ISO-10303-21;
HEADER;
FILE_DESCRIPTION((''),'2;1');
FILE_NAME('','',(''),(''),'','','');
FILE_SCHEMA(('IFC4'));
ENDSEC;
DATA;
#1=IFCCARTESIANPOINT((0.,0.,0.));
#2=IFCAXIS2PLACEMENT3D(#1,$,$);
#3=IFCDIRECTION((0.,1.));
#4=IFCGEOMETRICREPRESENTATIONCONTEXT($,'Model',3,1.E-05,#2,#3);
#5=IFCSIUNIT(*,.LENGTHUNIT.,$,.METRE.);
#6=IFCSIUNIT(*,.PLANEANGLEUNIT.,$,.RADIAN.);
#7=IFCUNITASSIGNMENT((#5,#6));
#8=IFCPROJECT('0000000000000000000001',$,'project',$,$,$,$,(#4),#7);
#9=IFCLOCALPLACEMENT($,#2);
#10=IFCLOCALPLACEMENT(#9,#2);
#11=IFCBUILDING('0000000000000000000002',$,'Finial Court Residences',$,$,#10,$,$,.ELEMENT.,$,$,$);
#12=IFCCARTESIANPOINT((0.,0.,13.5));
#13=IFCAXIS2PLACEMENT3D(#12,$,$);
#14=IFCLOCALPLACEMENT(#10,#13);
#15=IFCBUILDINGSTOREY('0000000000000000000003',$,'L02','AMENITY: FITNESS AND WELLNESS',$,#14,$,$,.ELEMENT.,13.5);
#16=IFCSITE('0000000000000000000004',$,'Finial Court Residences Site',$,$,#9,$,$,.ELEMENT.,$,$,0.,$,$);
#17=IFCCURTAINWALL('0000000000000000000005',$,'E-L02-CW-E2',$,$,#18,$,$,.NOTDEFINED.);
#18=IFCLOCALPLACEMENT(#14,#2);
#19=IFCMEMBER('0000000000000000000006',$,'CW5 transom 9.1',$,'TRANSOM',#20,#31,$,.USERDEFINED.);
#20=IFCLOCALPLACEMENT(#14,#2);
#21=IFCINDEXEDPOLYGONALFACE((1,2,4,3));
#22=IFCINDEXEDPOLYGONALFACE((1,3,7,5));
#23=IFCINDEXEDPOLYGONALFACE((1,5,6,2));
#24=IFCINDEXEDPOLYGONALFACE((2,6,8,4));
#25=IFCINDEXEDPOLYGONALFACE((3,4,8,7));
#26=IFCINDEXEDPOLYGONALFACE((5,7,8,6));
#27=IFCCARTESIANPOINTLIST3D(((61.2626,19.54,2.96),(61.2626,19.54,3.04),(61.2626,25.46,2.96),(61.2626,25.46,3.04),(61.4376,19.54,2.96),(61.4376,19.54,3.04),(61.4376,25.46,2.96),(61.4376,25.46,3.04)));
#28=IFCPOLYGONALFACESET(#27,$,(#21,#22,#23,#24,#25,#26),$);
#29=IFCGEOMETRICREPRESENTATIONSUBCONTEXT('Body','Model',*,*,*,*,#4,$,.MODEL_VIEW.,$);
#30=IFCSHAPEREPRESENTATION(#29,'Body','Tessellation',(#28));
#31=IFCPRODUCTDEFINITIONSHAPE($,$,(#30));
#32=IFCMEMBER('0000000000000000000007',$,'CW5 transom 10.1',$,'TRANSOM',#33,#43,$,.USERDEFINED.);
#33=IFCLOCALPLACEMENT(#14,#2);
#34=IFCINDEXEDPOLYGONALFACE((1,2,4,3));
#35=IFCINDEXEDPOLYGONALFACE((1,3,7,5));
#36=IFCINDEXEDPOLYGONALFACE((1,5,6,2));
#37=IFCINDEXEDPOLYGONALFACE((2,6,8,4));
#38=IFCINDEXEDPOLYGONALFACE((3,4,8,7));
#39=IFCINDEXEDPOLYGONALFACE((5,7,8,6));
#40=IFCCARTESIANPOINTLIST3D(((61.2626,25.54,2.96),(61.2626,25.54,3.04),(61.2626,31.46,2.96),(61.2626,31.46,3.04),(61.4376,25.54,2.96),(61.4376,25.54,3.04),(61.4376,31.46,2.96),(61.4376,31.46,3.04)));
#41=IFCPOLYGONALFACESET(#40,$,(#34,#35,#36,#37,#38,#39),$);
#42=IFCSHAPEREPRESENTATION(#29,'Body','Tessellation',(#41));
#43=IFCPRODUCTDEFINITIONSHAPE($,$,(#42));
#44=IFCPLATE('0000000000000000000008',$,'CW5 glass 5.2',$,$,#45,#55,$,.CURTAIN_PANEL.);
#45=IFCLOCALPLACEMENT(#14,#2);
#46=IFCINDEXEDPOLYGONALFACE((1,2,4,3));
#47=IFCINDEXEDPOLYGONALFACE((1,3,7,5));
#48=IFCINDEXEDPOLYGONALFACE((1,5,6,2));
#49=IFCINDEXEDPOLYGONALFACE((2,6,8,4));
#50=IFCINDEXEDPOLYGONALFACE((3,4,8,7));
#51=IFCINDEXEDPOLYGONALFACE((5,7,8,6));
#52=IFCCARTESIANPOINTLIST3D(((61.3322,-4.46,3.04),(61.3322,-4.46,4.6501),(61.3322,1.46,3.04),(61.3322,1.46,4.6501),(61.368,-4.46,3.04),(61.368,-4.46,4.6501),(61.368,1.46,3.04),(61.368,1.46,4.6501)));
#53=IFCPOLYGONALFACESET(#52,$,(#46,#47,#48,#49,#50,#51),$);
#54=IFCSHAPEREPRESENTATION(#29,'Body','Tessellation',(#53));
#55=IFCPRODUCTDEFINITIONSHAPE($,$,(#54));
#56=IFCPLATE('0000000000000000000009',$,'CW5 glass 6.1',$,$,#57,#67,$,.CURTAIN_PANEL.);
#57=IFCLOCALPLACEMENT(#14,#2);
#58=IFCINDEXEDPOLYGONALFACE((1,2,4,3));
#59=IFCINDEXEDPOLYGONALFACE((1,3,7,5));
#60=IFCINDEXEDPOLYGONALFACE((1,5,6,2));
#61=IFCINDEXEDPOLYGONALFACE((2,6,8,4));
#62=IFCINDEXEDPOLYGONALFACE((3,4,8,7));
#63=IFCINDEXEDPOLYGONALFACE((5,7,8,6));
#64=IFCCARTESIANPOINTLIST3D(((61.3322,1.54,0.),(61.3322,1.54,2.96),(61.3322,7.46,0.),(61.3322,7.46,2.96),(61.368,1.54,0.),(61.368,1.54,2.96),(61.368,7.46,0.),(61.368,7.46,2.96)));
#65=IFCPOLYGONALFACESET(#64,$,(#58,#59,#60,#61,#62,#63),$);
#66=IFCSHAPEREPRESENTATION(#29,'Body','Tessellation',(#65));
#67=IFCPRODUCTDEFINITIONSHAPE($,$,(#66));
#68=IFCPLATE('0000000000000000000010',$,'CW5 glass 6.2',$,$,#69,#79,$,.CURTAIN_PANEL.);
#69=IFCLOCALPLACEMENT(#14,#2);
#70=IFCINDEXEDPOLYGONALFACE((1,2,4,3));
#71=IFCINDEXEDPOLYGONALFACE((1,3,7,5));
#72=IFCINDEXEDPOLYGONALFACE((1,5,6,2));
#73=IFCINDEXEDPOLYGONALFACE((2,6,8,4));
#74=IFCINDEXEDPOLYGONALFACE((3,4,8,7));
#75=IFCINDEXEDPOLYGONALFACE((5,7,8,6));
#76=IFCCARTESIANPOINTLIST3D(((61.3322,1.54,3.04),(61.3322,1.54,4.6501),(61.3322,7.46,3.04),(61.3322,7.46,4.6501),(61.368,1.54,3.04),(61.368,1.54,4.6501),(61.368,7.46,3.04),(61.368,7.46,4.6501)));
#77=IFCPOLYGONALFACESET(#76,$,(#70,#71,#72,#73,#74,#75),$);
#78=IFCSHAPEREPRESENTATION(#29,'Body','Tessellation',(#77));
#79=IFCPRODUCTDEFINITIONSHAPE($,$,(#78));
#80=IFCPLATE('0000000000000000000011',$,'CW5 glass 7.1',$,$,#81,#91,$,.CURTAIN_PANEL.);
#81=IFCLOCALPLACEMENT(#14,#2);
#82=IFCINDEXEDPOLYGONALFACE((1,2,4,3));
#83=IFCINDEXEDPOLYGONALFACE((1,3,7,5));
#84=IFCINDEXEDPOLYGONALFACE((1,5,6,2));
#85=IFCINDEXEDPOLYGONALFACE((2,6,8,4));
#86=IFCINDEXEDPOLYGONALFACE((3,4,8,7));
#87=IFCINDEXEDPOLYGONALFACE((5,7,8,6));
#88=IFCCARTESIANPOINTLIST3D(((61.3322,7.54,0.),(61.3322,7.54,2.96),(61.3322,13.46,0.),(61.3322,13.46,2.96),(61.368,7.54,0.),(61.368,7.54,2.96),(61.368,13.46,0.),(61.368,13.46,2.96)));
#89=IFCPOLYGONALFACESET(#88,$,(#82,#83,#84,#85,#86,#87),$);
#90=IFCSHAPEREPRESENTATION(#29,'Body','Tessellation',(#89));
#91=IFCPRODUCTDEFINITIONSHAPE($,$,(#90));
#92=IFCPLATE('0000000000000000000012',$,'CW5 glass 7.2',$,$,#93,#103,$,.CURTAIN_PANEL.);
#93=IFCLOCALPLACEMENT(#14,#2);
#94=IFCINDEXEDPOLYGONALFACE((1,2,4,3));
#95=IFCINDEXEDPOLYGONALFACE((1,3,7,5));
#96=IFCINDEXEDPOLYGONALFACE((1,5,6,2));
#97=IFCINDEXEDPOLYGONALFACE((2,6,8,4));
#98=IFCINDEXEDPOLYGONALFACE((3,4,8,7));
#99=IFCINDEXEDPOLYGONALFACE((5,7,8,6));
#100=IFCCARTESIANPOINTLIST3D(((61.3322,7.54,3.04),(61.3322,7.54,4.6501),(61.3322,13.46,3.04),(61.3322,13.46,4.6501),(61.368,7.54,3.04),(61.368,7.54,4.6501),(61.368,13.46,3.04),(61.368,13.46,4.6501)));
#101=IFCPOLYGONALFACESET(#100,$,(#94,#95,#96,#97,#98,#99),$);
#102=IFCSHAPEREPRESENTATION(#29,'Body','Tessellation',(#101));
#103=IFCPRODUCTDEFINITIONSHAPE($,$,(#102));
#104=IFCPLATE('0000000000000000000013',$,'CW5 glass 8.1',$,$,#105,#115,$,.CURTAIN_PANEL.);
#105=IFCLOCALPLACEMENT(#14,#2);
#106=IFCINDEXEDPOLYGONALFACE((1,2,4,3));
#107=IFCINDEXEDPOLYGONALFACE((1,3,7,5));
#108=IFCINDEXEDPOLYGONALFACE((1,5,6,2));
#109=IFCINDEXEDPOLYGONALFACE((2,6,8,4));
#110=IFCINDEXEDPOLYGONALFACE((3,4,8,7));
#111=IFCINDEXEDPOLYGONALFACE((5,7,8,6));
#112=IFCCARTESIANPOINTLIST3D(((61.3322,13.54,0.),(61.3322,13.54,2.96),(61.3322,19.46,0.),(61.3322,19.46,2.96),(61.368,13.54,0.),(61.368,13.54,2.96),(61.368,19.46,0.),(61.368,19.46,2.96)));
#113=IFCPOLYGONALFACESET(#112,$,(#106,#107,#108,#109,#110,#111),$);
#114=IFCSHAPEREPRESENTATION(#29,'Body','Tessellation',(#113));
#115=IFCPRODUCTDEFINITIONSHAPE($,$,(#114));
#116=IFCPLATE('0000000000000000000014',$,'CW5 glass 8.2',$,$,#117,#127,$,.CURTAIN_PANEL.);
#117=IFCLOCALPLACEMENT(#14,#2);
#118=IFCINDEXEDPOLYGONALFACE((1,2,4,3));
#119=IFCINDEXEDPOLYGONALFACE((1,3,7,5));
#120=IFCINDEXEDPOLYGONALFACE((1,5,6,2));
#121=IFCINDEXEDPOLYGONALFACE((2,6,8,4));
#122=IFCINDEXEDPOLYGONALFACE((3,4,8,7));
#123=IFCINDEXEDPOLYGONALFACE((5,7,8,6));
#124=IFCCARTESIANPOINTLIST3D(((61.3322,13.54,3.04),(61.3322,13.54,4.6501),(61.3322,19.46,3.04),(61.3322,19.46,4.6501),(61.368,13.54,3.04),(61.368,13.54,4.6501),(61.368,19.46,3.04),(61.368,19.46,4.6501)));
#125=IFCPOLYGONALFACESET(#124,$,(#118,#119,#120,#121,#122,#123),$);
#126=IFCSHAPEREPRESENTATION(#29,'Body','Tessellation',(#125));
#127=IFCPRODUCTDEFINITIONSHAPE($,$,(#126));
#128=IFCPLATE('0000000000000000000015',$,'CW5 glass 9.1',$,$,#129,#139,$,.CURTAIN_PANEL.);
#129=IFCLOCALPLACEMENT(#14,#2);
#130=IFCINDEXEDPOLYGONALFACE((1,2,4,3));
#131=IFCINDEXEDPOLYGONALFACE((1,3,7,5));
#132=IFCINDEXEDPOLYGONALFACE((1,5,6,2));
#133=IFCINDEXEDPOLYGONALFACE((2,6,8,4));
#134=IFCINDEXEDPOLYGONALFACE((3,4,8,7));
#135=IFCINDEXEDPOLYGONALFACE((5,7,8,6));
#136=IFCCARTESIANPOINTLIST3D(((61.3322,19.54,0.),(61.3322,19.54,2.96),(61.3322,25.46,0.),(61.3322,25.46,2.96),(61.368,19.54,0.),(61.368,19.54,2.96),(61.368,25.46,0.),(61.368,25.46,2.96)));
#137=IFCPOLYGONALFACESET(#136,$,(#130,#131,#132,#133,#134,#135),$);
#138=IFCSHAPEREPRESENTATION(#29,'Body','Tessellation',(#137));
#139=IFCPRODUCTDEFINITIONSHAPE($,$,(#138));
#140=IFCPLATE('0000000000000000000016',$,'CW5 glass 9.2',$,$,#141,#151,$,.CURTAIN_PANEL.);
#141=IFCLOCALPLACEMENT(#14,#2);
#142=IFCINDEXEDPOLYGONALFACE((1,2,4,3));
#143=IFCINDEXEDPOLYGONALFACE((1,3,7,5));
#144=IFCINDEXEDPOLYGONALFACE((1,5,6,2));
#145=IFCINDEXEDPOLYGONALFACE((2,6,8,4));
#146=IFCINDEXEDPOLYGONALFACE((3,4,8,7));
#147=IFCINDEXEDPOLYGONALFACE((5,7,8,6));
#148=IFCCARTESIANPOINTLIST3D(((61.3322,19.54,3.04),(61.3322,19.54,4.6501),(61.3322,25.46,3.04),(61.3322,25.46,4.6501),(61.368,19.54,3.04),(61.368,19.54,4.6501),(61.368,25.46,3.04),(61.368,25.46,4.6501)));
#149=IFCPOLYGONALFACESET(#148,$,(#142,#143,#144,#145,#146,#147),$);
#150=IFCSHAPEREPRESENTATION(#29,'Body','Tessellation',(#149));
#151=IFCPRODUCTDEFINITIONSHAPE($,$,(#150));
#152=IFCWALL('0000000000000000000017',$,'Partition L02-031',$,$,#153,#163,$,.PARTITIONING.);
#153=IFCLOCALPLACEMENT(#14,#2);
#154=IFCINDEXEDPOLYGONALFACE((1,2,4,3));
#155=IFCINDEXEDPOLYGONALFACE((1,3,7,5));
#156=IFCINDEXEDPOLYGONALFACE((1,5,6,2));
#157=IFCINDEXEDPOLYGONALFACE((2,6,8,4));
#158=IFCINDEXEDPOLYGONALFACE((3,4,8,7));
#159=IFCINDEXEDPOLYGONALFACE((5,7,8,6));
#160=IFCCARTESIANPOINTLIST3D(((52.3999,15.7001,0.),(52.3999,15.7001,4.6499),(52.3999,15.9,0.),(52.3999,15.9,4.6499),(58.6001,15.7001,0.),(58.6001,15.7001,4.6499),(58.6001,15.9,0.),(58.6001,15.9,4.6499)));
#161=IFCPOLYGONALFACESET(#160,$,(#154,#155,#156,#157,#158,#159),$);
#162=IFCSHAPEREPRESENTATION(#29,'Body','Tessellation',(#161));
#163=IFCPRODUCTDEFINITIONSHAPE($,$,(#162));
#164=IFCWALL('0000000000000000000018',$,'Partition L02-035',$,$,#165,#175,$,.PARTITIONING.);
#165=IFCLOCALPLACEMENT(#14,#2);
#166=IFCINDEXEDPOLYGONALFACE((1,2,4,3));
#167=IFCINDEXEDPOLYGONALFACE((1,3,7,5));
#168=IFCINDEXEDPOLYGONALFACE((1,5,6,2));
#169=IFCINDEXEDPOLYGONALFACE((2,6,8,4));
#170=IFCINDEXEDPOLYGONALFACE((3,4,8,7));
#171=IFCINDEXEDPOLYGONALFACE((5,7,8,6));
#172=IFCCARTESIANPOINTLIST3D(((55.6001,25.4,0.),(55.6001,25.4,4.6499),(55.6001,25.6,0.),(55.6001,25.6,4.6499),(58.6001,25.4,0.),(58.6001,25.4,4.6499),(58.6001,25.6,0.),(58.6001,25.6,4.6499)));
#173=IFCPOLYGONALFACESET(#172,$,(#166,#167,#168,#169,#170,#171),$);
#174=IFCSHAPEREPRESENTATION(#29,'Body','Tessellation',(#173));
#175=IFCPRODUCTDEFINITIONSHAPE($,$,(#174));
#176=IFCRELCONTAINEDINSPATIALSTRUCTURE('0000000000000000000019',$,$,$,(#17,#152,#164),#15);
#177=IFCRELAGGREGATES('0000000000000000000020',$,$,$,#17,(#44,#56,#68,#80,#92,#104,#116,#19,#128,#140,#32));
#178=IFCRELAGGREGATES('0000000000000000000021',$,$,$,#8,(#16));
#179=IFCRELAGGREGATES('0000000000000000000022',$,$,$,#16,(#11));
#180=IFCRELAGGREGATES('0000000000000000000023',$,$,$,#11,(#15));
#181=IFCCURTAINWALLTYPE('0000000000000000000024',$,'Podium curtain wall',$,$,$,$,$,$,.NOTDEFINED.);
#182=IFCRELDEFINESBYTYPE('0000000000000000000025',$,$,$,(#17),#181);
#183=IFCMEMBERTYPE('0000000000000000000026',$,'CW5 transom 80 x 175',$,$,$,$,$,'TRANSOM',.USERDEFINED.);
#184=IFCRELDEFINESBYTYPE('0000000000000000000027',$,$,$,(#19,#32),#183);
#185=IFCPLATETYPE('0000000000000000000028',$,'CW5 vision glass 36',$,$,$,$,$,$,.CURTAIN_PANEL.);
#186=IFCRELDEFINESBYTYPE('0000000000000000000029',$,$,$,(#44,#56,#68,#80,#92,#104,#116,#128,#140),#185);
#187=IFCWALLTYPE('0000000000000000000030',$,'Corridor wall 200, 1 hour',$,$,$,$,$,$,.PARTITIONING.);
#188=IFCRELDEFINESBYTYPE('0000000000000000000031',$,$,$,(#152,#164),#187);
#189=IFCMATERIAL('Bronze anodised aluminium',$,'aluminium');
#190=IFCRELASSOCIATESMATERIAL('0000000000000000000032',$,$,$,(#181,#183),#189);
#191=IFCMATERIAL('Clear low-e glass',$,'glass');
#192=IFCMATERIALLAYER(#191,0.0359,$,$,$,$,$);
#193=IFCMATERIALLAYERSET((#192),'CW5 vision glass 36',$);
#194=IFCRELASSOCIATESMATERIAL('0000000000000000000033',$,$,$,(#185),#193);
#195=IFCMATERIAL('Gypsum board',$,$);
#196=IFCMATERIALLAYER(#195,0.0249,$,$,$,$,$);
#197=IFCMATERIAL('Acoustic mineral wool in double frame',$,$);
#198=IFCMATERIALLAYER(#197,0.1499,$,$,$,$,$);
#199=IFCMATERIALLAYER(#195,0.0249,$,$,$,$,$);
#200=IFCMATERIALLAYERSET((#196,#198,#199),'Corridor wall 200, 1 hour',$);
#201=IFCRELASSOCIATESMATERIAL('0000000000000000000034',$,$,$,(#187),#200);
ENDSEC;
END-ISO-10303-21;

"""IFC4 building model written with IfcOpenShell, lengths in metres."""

from ifc_helpers import new_model, si_unit, direction, frame, frame_2d, origin, origin_2d, place, context, subcontext, project, spatial, rectangle, extrude, material, layer, layer_set, material_profile, profile_set, type_object, element, aggregate, save


model = new_model("IFC4")

# Units and contexts
model_context = context("Model", 3, precision=1e-05, world=origin(), true_north=direction((0.0, 1.0)))
body_context = subcontext(model_context, "Body", "Model", "MODEL_VIEW")
ifc_project = project(units=[si_unit("LENGTHUNIT", "METRE"), si_unit("PLANEANGLEUNIT", "RADIAN")], contexts=[model_context])

# Site, building, storey
site_placement = place(None, origin())
site = spatial("IfcSite", under=ifc_project, at=site_placement, Name="Finial Court Residences Site", CompositionType="ELEMENT", RefElevation=0.0)
building_placement = place(site_placement, origin())
building = spatial("IfcBuilding", under=site, at=building_placement, Name="Finial Court Residences", CompositionType="ELEMENT")
storey_placement = place(building_placement, frame((0.0, 0.0, 13.5)))
storey = spatial("IfcBuildingStorey", under=building, at=storey_placement, Name="L02", Description="AMENITY: FITNESS AND WELLNESS", CompositionType="ELEMENT", Elevation=13.5)

# Curtain wall, members, plates
ifc_material_1 = material(Name="Bronze anodised aluminium", Category="aluminium")
curtain_wall_type = type_object("IfcCurtainWallType", Name="Podium curtain wall", PredefinedType="NOTDEFINED", material=ifc_material_1)
curtain_wall_placement = place(storey_placement, origin())
curtain_wall = element("IfcCurtainWall", 1, at=curtain_wall_placement, inside=storey, type_object=curtain_wall_type, Name="E-L02-CW-E2", PredefinedType="NOTDEFINED")
ifc_material_profile_1 = material_profile(ifc_material_1, rectangle(XDim=0.175, YDim=0.0801, at=origin_2d()), Name="CW5 transom 80 x 175")
ifc_profile_set_1 = profile_set([ifc_material_profile_1], Name="Bronze anodised aluminium")
member_type_1 = type_object("IfcMemberType", Name="CW5 transom 80 x 175", ElementType="TRANSOM", PredefinedType="USERDEFINED", material=ifc_profile_set_1)
member_1_placement = place(storey_placement, frame((61.3501, 19.54, 3.0), z_axis=(0.0, 1.0, 0.0), x_axis=(-1.0, 0.0, 0.0)))
member_1 = element("IfcMember", 2, at=member_1_placement, type_object=member_type_1, Name="CW5 transom 9.1", ObjectType="TRANSOM", PredefinedType="USERDEFINED", context=body_context, shape_type="SweptSolid", body=[
    extrude(rectangle(XDim=0.175, YDim=0.0801, at=origin_2d()), origin(), (0.0, 0.0, 1.0), 5.9199),
])
member_2_placement = place(storey_placement, frame((61.3501, 25.54, 3.0), z_axis=(0.0, 1.0, 0.0), x_axis=(-1.0, 0.0, 0.0)))
member_2 = element("IfcMember", 3, at=member_2_placement, type_object=member_type_1, Name="CW5 transom 10.1", ObjectType="TRANSOM", PredefinedType="USERDEFINED", context=body_context, shape_type="SweptSolid", body=[
    extrude(rectangle(XDim=0.175, YDim=0.0801, at=origin_2d()), origin(), (0.0, 0.0, 1.0), 5.9199),
])
ifc_material_2 = material(Name="Clear low-e glass", Category="glass")
ifc_layer_1 = layer(ifc_material_2, 0.0359)
ifc_layer_set_1 = layer_set([ifc_layer_1], Name="CW5 vision glass 36")
plate_type = type_object("IfcPlateType", Name="CW5 vision glass 36", PredefinedType="CURTAIN_PANEL", material=ifc_layer_set_1)
plate_1_placement = place(storey_placement, frame((61.3501, -1.5, 3.04), z_axis=(0.0, 0.0, 1.0), x_axis=(0.0, 1.0, 0.0)))
plate_1 = element("IfcPlate", 4, at=plate_1_placement, type_object=plate_type, Name="CW5 glass 5.2", PredefinedType="CURTAIN_PANEL", context=body_context, shape_type="SweptSolid", body=[
    extrude(rectangle(XDim=5.9199, YDim=0.0359, at=origin_2d()), origin(), (0.0, 0.0, 1.0), 1.6101),
])
plate_2_placement = place(storey_placement, frame((61.3501, 4.5, 0.0), z_axis=(0.0, 0.0, 1.0), x_axis=(0.0, 1.0, 0.0)))
plate_2 = element("IfcPlate", 5, at=plate_2_placement, type_object=plate_type, Name="CW5 glass 6.1", PredefinedType="CURTAIN_PANEL", context=body_context, shape_type="SweptSolid", body=[
    extrude(rectangle(XDim=5.9199, YDim=0.0359, at=origin_2d()), origin(), (0.0, 0.0, 1.0), 2.96),
])
plate_3_placement = place(storey_placement, frame((61.3501, 4.5, 3.04), z_axis=(0.0, 0.0, 1.0), x_axis=(0.0, 1.0, 0.0)))
plate_3 = element("IfcPlate", 6, at=plate_3_placement, type_object=plate_type, Name="CW5 glass 6.2", PredefinedType="CURTAIN_PANEL", context=body_context, shape_type="SweptSolid", body=[
    extrude(rectangle(XDim=5.9199, YDim=0.0359, at=origin_2d()), origin(), (0.0, 0.0, 1.0), 1.6101),
])
plate_4_placement = place(storey_placement, frame((61.3501, 10.5, 0.0), z_axis=(0.0, 0.0, 1.0), x_axis=(0.0, 1.0, 0.0)))
plate_4 = element("IfcPlate", 7, at=plate_4_placement, type_object=plate_type, Name="CW5 glass 7.1", PredefinedType="CURTAIN_PANEL", context=body_context, shape_type="SweptSolid", body=[
    extrude(rectangle(XDim=5.9199, YDim=0.0359, at=origin_2d()), origin(), (0.0, 0.0, 1.0), 2.96),
])
plate_5_placement = place(storey_placement, frame((61.3501, 10.5, 3.04), z_axis=(0.0, 0.0, 1.0), x_axis=(0.0, 1.0, 0.0)))
plate_5 = element("IfcPlate", 8, at=plate_5_placement, type_object=plate_type, Name="CW5 glass 7.2", PredefinedType="CURTAIN_PANEL", context=body_context, shape_type="SweptSolid", body=[
    extrude(rectangle(XDim=5.9199, YDim=0.0359, at=origin_2d()), origin(), (0.0, 0.0, 1.0), 1.6101),
])
plate_6_placement = place(storey_placement, frame((61.3501, 16.5, 0.0), z_axis=(0.0, 0.0, 1.0), x_axis=(0.0, 1.0, 0.0)))
plate_6 = element("IfcPlate", 9, at=plate_6_placement, type_object=plate_type, Name="CW5 glass 8.1", PredefinedType="CURTAIN_PANEL", context=body_context, shape_type="SweptSolid", body=[
    extrude(rectangle(XDim=5.9199, YDim=0.0359, at=origin_2d()), origin(), (0.0, 0.0, 1.0), 2.96),
])
plate_7_placement = place(storey_placement, frame((61.3501, 16.5, 3.04), z_axis=(0.0, 0.0, 1.0), x_axis=(0.0, 1.0, 0.0)))
plate_7 = element("IfcPlate", 10, at=plate_7_placement, type_object=plate_type, Name="CW5 glass 8.2", PredefinedType="CURTAIN_PANEL", context=body_context, shape_type="SweptSolid", body=[
    extrude(rectangle(XDim=5.9199, YDim=0.0359, at=origin_2d()), origin(), (0.0, 0.0, 1.0), 1.6101),
])
plate_8_placement = place(storey_placement, frame((61.3501, 22.5, 0.0), z_axis=(0.0, 0.0, 1.0), x_axis=(0.0, 1.0, 0.0)))
plate_8 = element("IfcPlate", 11, at=plate_8_placement, type_object=plate_type, Name="CW5 glass 9.1", PredefinedType="CURTAIN_PANEL", context=body_context, shape_type="SweptSolid", body=[
    extrude(rectangle(XDim=5.9199, YDim=0.0359, at=origin_2d()), origin(), (0.0, 0.0, 1.0), 2.96),
])
plate_9_placement = place(storey_placement, frame((61.3501, 22.5, 3.04), z_axis=(0.0, 0.0, 1.0), x_axis=(0.0, 1.0, 0.0)))
plate_9 = element("IfcPlate", 12, at=plate_9_placement, type_object=plate_type, Name="CW5 glass 9.2", PredefinedType="CURTAIN_PANEL", context=body_context, shape_type="SweptSolid", body=[
    extrude(rectangle(XDim=5.9199, YDim=0.0359, at=origin_2d()), origin(), (0.0, 0.0, 1.0), 1.6101),
])
aggregate(curtain_wall, [plate_1, plate_2, plate_3, plate_4, plate_5, plate_6, plate_7, member_1, plate_8, plate_9, member_2])

# Walls
ifc_material_3 = material(Name="Gypsum board")
ifc_layer_2 = layer(ifc_material_3, 0.0249)
ifc_material_4 = material(Name="Acoustic mineral wool in double frame")
ifc_layer_3 = layer(ifc_material_4, 0.1499)
ifc_layer_4 = layer(ifc_material_3, 0.0249)
ifc_layer_set_2 = layer_set([ifc_layer_2, ifc_layer_3, ifc_layer_4], Name="Corridor wall 200, 1 hour")
wall_type_1 = type_object("IfcWallType", Name="Corridor wall 200, 1 hour", PredefinedType="PARTITIONING", material=ifc_layer_set_2)
wall_1_placement = place(storey_placement, frame((52.3999, 15.8, 0.0), z_axis=(0.0, 0.0, 1.0), x_axis=(1.0, 0.0, 0.0)))
element("IfcWall", 13, at=wall_1_placement, inside=storey, type_object=wall_type_1, Name="Partition L02-031", PredefinedType="PARTITIONING", context=body_context, shape_type="SweptSolid", body=[
    extrude(rectangle(XDim=6.2002, YDim=0.2, at=frame_2d((3.1001, 0.0))), origin(), (0.0, 0.0, 1.0), 4.6499),
])
wall_2_placement = place(storey_placement, frame((55.6001, 25.5, 0.0), z_axis=(0.0, 0.0, 1.0), x_axis=(1.0, 0.0, 0.0)))
element("IfcWall", 14, at=wall_2_placement, inside=storey, type_object=wall_type_1, Name="Partition L02-035", PredefinedType="PARTITIONING", context=body_context, shape_type="SweptSolid", body=[
    extrude(rectangle(XDim=3.0, YDim=0.2, at=frame_2d((1.5, 0.0))), origin(), (0.0, 0.0, 1.0), 4.6499),
])

save(model, "model.ifc")
